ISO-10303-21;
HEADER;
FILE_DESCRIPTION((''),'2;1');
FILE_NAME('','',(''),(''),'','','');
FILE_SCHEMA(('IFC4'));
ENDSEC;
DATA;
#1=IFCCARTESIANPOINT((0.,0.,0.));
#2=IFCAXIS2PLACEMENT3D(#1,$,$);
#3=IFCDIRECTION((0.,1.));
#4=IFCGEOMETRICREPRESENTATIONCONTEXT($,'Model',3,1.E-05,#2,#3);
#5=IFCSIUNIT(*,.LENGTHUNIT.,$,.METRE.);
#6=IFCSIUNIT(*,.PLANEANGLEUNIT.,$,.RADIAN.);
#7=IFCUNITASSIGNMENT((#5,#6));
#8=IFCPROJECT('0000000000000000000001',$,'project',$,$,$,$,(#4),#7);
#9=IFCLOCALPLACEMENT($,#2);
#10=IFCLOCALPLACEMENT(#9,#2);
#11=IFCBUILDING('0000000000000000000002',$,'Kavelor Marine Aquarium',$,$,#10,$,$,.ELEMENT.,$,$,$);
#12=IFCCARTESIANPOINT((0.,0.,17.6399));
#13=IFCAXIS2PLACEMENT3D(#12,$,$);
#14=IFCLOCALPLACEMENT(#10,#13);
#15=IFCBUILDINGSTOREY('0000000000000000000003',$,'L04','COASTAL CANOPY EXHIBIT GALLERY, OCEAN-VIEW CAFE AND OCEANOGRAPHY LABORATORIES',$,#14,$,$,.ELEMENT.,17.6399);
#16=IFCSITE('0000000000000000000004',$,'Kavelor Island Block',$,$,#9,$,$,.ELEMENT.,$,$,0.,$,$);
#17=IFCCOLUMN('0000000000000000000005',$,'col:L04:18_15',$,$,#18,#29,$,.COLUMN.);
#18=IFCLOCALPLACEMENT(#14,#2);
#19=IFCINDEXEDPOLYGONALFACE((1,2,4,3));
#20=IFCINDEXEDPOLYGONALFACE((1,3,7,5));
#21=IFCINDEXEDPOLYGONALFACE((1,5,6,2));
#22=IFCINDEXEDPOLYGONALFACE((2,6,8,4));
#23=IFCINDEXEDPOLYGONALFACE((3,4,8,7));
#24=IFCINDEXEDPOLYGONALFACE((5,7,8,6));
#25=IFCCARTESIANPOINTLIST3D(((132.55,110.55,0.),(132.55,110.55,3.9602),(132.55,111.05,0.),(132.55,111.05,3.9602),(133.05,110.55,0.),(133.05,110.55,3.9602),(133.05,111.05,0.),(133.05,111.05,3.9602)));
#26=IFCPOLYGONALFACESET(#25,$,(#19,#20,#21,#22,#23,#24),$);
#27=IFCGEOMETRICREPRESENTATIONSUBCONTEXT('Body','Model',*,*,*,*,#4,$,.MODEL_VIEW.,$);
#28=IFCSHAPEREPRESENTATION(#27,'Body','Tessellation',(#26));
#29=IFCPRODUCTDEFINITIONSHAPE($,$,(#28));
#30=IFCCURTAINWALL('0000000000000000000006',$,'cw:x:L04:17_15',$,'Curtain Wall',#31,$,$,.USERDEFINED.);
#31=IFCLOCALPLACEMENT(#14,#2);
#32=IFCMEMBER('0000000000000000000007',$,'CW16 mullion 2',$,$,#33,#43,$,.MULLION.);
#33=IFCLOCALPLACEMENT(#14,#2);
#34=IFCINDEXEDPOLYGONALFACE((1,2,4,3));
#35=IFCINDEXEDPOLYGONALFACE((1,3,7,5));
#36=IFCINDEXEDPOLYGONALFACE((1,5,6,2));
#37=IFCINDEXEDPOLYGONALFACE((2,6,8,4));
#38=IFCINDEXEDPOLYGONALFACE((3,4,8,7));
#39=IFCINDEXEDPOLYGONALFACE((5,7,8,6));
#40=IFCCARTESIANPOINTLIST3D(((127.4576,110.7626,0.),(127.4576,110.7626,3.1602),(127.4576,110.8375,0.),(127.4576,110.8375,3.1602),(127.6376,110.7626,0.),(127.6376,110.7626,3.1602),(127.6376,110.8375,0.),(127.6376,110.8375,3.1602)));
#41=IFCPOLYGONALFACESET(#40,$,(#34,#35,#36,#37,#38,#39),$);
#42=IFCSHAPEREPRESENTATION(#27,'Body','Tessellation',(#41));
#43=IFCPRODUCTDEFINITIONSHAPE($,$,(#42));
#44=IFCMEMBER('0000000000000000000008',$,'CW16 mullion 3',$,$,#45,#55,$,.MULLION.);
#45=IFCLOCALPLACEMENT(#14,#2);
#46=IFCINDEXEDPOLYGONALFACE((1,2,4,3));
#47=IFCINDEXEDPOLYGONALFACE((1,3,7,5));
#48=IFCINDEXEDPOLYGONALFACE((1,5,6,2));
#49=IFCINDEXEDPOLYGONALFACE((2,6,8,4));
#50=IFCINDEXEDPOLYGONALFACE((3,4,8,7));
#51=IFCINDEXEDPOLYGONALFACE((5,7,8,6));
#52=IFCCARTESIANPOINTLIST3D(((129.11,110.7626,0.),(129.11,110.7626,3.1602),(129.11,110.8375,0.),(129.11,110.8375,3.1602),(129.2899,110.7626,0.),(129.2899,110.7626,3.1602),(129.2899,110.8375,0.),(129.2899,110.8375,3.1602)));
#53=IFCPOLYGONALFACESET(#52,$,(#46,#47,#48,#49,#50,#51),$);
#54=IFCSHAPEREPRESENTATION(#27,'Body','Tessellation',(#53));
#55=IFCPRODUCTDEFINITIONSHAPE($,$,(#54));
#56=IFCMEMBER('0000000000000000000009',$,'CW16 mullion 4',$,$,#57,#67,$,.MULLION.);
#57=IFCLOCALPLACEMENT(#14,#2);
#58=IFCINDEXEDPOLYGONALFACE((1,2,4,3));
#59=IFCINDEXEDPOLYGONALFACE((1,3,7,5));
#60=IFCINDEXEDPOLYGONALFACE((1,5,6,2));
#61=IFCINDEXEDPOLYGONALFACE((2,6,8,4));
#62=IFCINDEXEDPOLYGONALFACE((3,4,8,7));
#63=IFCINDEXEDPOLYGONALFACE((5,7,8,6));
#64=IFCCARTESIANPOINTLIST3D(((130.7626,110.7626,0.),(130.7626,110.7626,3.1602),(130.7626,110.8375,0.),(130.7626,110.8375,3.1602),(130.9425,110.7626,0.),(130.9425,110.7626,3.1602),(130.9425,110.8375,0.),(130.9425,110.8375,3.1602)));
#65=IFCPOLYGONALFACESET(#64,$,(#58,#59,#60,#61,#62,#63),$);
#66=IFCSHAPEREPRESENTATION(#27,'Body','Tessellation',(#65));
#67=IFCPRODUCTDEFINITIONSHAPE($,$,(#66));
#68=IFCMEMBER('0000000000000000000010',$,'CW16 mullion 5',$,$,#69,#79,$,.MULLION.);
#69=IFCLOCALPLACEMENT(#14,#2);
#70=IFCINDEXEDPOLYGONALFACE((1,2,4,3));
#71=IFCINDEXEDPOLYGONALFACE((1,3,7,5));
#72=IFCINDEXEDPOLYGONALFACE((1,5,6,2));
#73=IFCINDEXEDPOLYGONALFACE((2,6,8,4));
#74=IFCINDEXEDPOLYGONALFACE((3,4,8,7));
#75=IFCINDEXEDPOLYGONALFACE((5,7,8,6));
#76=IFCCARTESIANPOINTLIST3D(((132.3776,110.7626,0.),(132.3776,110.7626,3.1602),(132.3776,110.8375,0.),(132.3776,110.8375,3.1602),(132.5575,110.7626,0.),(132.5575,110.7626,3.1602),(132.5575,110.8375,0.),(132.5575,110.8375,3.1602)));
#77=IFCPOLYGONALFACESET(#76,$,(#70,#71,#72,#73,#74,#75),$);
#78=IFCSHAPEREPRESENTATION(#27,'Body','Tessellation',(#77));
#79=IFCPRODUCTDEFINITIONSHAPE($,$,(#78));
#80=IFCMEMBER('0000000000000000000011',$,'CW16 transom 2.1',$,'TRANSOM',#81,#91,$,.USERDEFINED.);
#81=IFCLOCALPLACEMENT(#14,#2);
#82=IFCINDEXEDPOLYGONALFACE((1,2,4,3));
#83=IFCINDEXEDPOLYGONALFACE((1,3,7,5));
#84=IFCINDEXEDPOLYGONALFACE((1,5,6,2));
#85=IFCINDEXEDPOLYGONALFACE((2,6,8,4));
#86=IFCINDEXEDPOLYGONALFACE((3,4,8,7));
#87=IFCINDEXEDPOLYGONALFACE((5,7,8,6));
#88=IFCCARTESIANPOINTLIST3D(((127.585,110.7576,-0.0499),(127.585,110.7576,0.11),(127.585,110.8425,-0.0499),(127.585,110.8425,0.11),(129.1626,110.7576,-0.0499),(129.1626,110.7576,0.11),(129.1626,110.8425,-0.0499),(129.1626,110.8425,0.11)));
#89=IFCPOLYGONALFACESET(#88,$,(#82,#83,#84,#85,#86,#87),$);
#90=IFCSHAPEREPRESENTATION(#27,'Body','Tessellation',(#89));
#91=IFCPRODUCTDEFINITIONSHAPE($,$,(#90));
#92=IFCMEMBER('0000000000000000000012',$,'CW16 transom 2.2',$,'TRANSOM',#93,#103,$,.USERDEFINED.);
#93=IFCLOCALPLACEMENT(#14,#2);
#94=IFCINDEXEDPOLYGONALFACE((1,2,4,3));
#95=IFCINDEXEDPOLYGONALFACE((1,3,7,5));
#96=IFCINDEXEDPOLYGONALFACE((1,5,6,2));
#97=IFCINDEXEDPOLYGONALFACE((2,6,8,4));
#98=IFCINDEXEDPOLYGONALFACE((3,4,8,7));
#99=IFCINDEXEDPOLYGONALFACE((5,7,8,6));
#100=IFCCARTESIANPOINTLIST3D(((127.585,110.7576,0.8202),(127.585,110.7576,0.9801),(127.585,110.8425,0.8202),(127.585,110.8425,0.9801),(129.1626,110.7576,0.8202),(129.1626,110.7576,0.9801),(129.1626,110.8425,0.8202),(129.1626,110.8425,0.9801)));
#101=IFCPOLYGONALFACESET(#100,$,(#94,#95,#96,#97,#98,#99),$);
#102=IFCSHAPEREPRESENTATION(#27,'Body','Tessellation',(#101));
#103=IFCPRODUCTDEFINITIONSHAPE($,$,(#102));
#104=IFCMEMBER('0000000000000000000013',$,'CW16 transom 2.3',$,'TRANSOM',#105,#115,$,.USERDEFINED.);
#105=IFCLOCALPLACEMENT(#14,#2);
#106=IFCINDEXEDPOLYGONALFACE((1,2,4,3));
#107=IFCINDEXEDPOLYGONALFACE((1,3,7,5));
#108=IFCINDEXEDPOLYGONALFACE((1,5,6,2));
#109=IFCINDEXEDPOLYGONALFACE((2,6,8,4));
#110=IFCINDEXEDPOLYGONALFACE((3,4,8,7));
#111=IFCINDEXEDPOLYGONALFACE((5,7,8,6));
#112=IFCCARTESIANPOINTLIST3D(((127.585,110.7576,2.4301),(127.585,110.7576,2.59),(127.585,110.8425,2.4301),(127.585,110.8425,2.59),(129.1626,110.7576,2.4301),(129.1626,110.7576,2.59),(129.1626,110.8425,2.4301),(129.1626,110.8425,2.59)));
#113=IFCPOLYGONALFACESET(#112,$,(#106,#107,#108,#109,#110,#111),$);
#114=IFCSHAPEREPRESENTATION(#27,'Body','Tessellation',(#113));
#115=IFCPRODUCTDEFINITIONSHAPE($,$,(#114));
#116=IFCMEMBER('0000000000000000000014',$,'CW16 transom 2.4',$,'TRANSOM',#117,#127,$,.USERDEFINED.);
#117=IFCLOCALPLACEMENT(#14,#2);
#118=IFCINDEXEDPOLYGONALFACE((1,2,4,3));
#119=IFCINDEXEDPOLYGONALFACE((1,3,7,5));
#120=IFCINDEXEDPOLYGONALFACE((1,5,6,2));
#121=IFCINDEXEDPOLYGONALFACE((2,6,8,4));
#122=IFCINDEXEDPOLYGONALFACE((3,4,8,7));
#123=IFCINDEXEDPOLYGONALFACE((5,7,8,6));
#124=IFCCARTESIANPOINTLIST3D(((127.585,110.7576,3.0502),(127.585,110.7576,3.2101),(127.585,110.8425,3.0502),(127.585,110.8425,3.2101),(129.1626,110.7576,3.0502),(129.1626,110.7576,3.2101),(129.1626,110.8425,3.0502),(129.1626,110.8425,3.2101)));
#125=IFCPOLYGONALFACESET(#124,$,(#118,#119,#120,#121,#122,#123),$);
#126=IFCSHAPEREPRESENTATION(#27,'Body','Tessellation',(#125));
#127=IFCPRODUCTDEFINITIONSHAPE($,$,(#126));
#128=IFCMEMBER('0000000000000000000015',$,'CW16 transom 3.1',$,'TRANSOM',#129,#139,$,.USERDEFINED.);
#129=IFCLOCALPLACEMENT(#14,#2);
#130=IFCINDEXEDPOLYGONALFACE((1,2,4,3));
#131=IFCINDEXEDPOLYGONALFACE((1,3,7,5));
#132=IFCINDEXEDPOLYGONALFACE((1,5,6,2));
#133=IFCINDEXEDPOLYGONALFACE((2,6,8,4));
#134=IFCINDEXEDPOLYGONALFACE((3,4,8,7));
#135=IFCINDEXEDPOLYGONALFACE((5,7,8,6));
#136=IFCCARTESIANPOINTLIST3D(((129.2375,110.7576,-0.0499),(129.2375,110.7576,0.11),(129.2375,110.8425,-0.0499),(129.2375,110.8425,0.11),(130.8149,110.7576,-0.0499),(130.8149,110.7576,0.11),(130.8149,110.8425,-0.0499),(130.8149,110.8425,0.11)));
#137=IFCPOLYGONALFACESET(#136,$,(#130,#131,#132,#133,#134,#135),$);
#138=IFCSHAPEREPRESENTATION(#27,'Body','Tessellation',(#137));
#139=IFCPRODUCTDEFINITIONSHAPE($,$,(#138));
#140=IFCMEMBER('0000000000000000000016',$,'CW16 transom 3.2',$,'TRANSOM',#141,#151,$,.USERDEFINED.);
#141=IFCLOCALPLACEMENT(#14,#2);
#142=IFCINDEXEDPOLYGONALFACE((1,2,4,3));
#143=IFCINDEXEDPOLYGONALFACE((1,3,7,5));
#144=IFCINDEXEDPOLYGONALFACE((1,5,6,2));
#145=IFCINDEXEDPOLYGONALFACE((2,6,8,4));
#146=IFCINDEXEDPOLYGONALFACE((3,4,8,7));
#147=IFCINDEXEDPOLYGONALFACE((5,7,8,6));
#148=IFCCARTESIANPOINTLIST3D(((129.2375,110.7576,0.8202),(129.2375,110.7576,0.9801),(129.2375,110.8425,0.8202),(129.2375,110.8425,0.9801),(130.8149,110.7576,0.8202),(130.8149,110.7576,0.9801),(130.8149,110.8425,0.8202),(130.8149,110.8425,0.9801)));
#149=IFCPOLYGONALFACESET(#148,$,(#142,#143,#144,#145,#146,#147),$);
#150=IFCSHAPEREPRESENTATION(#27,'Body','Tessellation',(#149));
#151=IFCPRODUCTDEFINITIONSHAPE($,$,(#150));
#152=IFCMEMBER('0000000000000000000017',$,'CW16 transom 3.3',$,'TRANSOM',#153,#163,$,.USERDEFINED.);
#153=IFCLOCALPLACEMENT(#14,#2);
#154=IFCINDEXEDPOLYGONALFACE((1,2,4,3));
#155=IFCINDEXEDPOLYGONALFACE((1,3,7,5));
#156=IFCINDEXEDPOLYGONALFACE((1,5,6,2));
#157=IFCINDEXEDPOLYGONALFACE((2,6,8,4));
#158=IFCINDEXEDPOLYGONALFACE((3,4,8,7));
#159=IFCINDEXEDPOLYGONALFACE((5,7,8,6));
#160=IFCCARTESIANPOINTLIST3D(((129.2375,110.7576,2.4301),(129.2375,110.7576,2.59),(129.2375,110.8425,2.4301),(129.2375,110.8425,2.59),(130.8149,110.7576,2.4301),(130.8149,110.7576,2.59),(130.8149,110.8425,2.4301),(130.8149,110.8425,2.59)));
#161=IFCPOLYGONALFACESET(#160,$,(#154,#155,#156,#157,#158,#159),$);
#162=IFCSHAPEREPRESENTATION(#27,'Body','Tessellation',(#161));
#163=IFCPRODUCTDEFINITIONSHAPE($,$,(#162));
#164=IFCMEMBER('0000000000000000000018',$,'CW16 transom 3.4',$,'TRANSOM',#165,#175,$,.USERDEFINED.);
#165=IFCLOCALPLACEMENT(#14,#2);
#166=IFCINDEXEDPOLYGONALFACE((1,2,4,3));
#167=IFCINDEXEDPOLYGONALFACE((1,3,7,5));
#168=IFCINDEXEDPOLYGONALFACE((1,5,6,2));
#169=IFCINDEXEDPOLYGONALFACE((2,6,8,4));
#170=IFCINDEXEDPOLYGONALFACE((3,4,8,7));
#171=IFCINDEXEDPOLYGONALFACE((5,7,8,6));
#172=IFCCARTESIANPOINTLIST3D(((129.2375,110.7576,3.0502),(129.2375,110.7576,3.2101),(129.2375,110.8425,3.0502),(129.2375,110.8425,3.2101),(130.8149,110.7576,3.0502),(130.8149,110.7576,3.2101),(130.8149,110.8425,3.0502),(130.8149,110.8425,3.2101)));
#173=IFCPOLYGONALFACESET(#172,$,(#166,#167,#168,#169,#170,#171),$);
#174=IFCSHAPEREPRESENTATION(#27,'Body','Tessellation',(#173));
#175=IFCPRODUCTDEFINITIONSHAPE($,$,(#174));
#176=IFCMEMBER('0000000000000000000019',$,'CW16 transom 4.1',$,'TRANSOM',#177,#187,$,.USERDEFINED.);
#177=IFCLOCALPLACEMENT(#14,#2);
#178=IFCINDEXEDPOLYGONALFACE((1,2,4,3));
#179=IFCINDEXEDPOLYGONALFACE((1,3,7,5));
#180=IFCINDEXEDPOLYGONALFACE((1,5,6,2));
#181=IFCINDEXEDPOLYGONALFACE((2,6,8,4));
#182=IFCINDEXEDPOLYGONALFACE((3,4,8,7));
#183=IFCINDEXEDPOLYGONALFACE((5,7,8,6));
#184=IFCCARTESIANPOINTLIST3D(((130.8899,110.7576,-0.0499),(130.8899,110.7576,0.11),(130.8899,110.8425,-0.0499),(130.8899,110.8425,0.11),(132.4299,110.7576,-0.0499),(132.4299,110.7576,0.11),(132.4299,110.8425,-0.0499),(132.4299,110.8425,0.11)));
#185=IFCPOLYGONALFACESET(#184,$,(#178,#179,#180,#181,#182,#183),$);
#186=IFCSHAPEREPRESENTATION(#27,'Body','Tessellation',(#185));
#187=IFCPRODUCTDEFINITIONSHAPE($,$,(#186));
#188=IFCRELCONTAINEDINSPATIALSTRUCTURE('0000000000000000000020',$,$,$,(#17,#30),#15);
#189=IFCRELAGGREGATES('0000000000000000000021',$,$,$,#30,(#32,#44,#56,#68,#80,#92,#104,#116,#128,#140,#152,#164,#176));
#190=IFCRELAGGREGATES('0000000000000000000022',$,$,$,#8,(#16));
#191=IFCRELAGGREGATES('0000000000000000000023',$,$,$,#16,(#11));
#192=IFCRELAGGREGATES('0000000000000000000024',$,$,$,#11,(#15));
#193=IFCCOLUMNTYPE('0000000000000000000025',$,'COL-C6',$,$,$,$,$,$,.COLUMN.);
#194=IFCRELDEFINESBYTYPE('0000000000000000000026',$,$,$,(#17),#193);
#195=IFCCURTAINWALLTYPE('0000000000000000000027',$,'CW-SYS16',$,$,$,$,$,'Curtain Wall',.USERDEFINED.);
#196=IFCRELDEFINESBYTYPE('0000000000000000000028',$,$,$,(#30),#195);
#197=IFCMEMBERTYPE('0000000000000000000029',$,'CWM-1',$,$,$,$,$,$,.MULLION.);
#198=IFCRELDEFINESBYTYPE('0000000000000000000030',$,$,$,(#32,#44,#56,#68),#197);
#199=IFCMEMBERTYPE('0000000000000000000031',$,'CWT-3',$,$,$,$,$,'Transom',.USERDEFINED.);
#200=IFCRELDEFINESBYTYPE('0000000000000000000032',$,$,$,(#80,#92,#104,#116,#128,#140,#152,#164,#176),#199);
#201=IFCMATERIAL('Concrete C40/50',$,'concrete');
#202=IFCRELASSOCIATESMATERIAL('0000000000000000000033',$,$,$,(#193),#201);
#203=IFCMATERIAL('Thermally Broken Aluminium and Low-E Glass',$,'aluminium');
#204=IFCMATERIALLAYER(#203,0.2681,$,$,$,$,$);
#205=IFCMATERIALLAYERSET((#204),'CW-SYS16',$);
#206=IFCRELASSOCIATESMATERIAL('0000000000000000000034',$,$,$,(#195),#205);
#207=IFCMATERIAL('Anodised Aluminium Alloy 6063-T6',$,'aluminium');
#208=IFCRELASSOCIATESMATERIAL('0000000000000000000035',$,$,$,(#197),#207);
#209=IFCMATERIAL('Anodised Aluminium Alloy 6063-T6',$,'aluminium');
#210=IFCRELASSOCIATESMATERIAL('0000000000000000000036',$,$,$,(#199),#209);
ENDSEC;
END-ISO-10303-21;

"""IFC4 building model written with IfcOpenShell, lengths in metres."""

from ifc_helpers import new_model, si_unit, direction, frame, origin, origin_2d, place, context, subcontext, project, spatial, rectangle, extrude, material, layer, layer_set, material_profile, profile_set, type_object, element, aggregate, save


model = new_model("IFC4")

# Units and contexts
model_context = context("Model", 3, precision=1e-05, world=origin(), true_north=direction((0.0, 1.0)))
body_context = subcontext(model_context, "Body", "Model", "MODEL_VIEW")
ifc_project = project(units=[si_unit("LENGTHUNIT", "METRE"), si_unit("PLANEANGLEUNIT", "RADIAN")], contexts=[model_context])

# Site, building, storey
site_placement = place(None, origin())
site = spatial("IfcSite", under=ifc_project, at=site_placement, Name="Kavelor Island Block", CompositionType="ELEMENT", RefElevation=0.0)
building_placement = place(site_placement, origin())
building = spatial("IfcBuilding", under=site, at=building_placement, Name="Kavelor Marine Aquarium", CompositionType="ELEMENT")
storey_placement = place(building_placement, frame((0.0, 0.0, 17.6399)))
storey = spatial("IfcBuildingStorey", under=building, at=storey_placement, Name="L04", Description="COASTAL CANOPY EXHIBIT GALLERY, OCEAN-VIEW CAFE AND OCEANOGRAPHY LABORATORIES", CompositionType="ELEMENT", Elevation=17.6399)

# Column
ifc_material_1 = material(Name="Concrete C40/50", Category="concrete")
ifc_material_profile_1 = material_profile(ifc_material_1, rectangle(XDim=0.5, YDim=0.5, at=origin_2d()), Name="RC-COL 500x500")
ifc_profile_set_1 = profile_set([ifc_material_profile_1], Name="Concrete C40/50")
column_type = type_object("IfcColumnType", Name="COL-C6", PredefinedType="COLUMN", material=ifc_profile_set_1)
column_placement = place(storey_placement, frame((132.8, 110.8, 0.0), z_axis=(0.0, 0.0, 1.0), x_axis=(1.0, 0.0, 0.0)))
element("IfcColumn", 1, at=column_placement, inside=storey, type_object=column_type, Name="col:L04:18_15", PredefinedType="COLUMN", context=body_context, shape_type="SweptSolid", body=[
    extrude(rectangle(XDim=0.5, YDim=0.5, at=origin_2d()), origin(), (0.0, 0.0, 1.0), 3.9602),
])

# Curtain wall, members
ifc_material_2 = material(Name="Thermally Broken Aluminium and Low-E Glass", Category="aluminium")
ifc_layer_1 = layer(ifc_material_2, 0.2681)
ifc_layer_set_1 = layer_set([ifc_layer_1], Name="CW-SYS16")
curtain_wall_type = type_object("IfcCurtainWallType", Name="CW-SYS16", ElementType="Curtain Wall", PredefinedType="USERDEFINED", material=ifc_layer_set_1)
curtain_wall_placement = place(storey_placement, origin())
curtain_wall = element("IfcCurtainWall", 2, at=curtain_wall_placement, inside=storey, type_object=curtain_wall_type, Name="cw:x:L04:17_15", ObjectType="Curtain Wall", PredefinedType="USERDEFINED")
ifc_material_3 = material(Name="Anodised Aluminium Alloy 6063-T6", Category="aluminium")
ifc_material_profile_2 = material_profile(ifc_material_3, rectangle(XDim=0.075, YDim=0.1799, at=origin_2d()), Name="CW-MUL 75x180")
ifc_profile_set_2 = profile_set([ifc_material_profile_2], Name="Anodised Aluminium Alloy 6063-T6")
member_type_1 = type_object("IfcMemberType", Name="CWM-1", PredefinedType="MULLION", material=ifc_profile_set_2)
member_1_placement = place(storey_placement, frame((127.5476, 110.8, 0.0), z_axis=(0.0, 0.0, 1.0), x_axis=(0.0, 1.0, 0.0)))
member_1 = element("IfcMember", 3, at=member_1_placement, type_object=member_type_1, Name="CW16 mullion 2", PredefinedType="MULLION", context=body_context, shape_type="SweptSolid", body=[
    extrude(rectangle(XDim=0.075, YDim=0.1799, at=origin_2d()), origin(), (0.0, 0.0, 1.0), 3.1602),
])
member_2_placement = place(storey_placement, frame((129.2, 110.8, 0.0), z_axis=(0.0, 0.0, 1.0), x_axis=(0.0, 1.0, 0.0)))
member_2 = element("IfcMember", 4, at=member_2_placement, type_object=member_type_1, Name="CW16 mullion 3", PredefinedType="MULLION", context=body_context, shape_type="SweptSolid", body=[
    extrude(rectangle(XDim=0.075, YDim=0.1799, at=origin_2d()), origin(), (0.0, 0.0, 1.0), 3.1602),
])
member_3_placement = place(storey_placement, frame((130.8525, 110.8, 0.0), z_axis=(0.0, 0.0, 1.0), x_axis=(0.0, 1.0, 0.0)))
member_3 = element("IfcMember", 5, at=member_3_placement, type_object=member_type_1, Name="CW16 mullion 4", PredefinedType="MULLION", context=body_context, shape_type="SweptSolid", body=[
    extrude(rectangle(XDim=0.075, YDim=0.1799, at=origin_2d()), origin(), (0.0, 0.0, 1.0), 3.1602),
])
member_4_placement = place(storey_placement, frame((132.4675, 110.8, 0.0), z_axis=(0.0, 0.0, 1.0), x_axis=(0.0, 1.0, 0.0)))
member_4 = element("IfcMember", 6, at=member_4_placement, type_object=member_type_1, Name="CW16 mullion 5", PredefinedType="MULLION", context=body_context, shape_type="SweptSolid", body=[
    extrude(rectangle(XDim=0.075, YDim=0.1799, at=origin_2d()), origin(), (0.0, 0.0, 1.0), 3.1602),
])
ifc_material_4 = material(Name="Anodised Aluminium Alloy 6063-T6", Category="aluminium")
ifc_material_profile_3 = material_profile(ifc_material_4, rectangle(XDim=0.085, YDim=0.1599, at=origin_2d()), Name="CW-TRN 85x160")
ifc_profile_set_3 = profile_set([ifc_material_profile_3], Name="Anodised Aluminium Alloy 6063-T6")
member_type_2 = type_object("IfcMemberType", Name="CWT-3", ElementType="Transom", PredefinedType="USERDEFINED", material=ifc_profile_set_3)
member_5_placement = place(storey_placement, frame((127.585, 110.8, 0.03), z_axis=(1.0, 0.0, 0.0), x_axis=(0.0, 1.0, 0.0)))
member_5 = element("IfcMember", 7, at=member_5_placement, type_object=member_type_2, Name="CW16 transom 2.1", ObjectType="TRANSOM", PredefinedType="USERDEFINED", context=body_context, shape_type="SweptSolid", body=[
    extrude(rectangle(XDim=0.085, YDim=0.1599, at=origin_2d()), origin(), (0.0, 0.0, 1.0), 1.5776),
])
member_6_placement = place(storey_placement, frame((127.585, 110.8, 0.9001), z_axis=(1.0, 0.0, 0.0), x_axis=(0.0, 1.0, 0.0)))
member_6 = element("IfcMember", 8, at=member_6_placement, type_object=member_type_2, Name="CW16 transom 2.2", ObjectType="TRANSOM", PredefinedType="USERDEFINED", context=body_context, shape_type="SweptSolid", body=[
    extrude(rectangle(XDim=0.085, YDim=0.1599, at=origin_2d()), origin(), (0.0, 0.0, 1.0), 1.5776),
])
member_7_placement = place(storey_placement, frame((127.585, 110.8, 2.51), z_axis=(1.0, 0.0, 0.0), x_axis=(0.0, 1.0, 0.0)))
member_7 = element("IfcMember", 9, at=member_7_placement, type_object=member_type_2, Name="CW16 transom 2.3", ObjectType="TRANSOM", PredefinedType="USERDEFINED", context=body_context, shape_type="SweptSolid", body=[
    extrude(rectangle(XDim=0.085, YDim=0.1599, at=origin_2d()), origin(), (0.0, 0.0, 1.0), 1.5776),
])
member_8_placement = place(storey_placement, frame((127.585, 110.8, 3.1301), z_axis=(1.0, 0.0, 0.0), x_axis=(0.0, 1.0, 0.0)))
member_8 = element("IfcMember", 10, at=member_8_placement, type_object=member_type_2, Name="CW16 transom 2.4", ObjectType="TRANSOM", PredefinedType="USERDEFINED", context=body_context, shape_type="SweptSolid", body=[
    extrude(rectangle(XDim=0.085, YDim=0.1599, at=origin_2d()), origin(), (0.0, 0.0, 1.0), 1.5776),
])
member_9_placement = place(storey_placement, frame((129.2375, 110.8, 0.03), z_axis=(1.0, 0.0, 0.0), x_axis=(0.0, 1.0, 0.0)))
member_9 = element("IfcMember", 11, at=member_9_placement, type_object=member_type_2, Name="CW16 transom 3.1", ObjectType="TRANSOM", PredefinedType="USERDEFINED", context=body_context, shape_type="SweptSolid", body=[
    extrude(rectangle(XDim=0.085, YDim=0.1599, at=origin_2d()), origin(), (0.0, 0.0, 1.0), 1.5774),
])
member_10_placement = place(storey_placement, frame((129.2375, 110.8, 0.9001), z_axis=(1.0, 0.0, 0.0), x_axis=(0.0, 1.0, 0.0)))
member_10 = element("IfcMember", 12, at=member_10_placement, type_object=member_type_2, Name="CW16 transom 3.2", ObjectType="TRANSOM", PredefinedType="USERDEFINED", context=body_context, shape_type="SweptSolid", body=[
    extrude(rectangle(XDim=0.085, YDim=0.1599, at=origin_2d()), origin(), (0.0, 0.0, 1.0), 1.5774),
])
member_11_placement = place(storey_placement, frame((129.2375, 110.8, 2.51), z_axis=(1.0, 0.0, 0.0), x_axis=(0.0, 1.0, 0.0)))
member_11 = element("IfcMember", 13, at=member_11_placement, type_object=member_type_2, Name="CW16 transom 3.3", ObjectType="TRANSOM", PredefinedType="USERDEFINED", context=body_context, shape_type="SweptSolid", body=[
    extrude(rectangle(XDim=0.085, YDim=0.1599, at=origin_2d()), origin(), (0.0, 0.0, 1.0), 1.5774),
])
member_12_placement = place(storey_placement, frame((129.2375, 110.8, 3.1301), z_axis=(1.0, 0.0, 0.0), x_axis=(0.0, 1.0, 0.0)))
member_12 = element("IfcMember", 14, at=member_12_placement, type_object=member_type_2, Name="CW16 transom 3.4", ObjectType="TRANSOM", PredefinedType="USERDEFINED", context=body_context, shape_type="SweptSolid", body=[
    extrude(rectangle(XDim=0.085, YDim=0.1599, at=origin_2d()), origin(), (0.0, 0.0, 1.0), 1.5774),
])
member_13_placement = place(storey_placement, frame((130.8899, 110.8, 0.03), z_axis=(1.0, 0.0, 0.0), x_axis=(0.0, 1.0, 0.0)))
member_13 = element("IfcMember", 15, at=member_13_placement, type_object=member_type_2, Name="CW16 transom 4.1", ObjectType="TRANSOM", PredefinedType="USERDEFINED", context=body_context, shape_type="SweptSolid", body=[
    extrude(rectangle(XDim=0.085, YDim=0.1599, at=origin_2d()), origin(), (0.0, 0.0, 1.0), 1.54),
])
aggregate(curtain_wall, [member_1, member_2, member_3, member_4, member_5, member_6, member_7, member_8, member_9, member_10, member_11, member_12, member_13])

save(model, "model.ifc")
